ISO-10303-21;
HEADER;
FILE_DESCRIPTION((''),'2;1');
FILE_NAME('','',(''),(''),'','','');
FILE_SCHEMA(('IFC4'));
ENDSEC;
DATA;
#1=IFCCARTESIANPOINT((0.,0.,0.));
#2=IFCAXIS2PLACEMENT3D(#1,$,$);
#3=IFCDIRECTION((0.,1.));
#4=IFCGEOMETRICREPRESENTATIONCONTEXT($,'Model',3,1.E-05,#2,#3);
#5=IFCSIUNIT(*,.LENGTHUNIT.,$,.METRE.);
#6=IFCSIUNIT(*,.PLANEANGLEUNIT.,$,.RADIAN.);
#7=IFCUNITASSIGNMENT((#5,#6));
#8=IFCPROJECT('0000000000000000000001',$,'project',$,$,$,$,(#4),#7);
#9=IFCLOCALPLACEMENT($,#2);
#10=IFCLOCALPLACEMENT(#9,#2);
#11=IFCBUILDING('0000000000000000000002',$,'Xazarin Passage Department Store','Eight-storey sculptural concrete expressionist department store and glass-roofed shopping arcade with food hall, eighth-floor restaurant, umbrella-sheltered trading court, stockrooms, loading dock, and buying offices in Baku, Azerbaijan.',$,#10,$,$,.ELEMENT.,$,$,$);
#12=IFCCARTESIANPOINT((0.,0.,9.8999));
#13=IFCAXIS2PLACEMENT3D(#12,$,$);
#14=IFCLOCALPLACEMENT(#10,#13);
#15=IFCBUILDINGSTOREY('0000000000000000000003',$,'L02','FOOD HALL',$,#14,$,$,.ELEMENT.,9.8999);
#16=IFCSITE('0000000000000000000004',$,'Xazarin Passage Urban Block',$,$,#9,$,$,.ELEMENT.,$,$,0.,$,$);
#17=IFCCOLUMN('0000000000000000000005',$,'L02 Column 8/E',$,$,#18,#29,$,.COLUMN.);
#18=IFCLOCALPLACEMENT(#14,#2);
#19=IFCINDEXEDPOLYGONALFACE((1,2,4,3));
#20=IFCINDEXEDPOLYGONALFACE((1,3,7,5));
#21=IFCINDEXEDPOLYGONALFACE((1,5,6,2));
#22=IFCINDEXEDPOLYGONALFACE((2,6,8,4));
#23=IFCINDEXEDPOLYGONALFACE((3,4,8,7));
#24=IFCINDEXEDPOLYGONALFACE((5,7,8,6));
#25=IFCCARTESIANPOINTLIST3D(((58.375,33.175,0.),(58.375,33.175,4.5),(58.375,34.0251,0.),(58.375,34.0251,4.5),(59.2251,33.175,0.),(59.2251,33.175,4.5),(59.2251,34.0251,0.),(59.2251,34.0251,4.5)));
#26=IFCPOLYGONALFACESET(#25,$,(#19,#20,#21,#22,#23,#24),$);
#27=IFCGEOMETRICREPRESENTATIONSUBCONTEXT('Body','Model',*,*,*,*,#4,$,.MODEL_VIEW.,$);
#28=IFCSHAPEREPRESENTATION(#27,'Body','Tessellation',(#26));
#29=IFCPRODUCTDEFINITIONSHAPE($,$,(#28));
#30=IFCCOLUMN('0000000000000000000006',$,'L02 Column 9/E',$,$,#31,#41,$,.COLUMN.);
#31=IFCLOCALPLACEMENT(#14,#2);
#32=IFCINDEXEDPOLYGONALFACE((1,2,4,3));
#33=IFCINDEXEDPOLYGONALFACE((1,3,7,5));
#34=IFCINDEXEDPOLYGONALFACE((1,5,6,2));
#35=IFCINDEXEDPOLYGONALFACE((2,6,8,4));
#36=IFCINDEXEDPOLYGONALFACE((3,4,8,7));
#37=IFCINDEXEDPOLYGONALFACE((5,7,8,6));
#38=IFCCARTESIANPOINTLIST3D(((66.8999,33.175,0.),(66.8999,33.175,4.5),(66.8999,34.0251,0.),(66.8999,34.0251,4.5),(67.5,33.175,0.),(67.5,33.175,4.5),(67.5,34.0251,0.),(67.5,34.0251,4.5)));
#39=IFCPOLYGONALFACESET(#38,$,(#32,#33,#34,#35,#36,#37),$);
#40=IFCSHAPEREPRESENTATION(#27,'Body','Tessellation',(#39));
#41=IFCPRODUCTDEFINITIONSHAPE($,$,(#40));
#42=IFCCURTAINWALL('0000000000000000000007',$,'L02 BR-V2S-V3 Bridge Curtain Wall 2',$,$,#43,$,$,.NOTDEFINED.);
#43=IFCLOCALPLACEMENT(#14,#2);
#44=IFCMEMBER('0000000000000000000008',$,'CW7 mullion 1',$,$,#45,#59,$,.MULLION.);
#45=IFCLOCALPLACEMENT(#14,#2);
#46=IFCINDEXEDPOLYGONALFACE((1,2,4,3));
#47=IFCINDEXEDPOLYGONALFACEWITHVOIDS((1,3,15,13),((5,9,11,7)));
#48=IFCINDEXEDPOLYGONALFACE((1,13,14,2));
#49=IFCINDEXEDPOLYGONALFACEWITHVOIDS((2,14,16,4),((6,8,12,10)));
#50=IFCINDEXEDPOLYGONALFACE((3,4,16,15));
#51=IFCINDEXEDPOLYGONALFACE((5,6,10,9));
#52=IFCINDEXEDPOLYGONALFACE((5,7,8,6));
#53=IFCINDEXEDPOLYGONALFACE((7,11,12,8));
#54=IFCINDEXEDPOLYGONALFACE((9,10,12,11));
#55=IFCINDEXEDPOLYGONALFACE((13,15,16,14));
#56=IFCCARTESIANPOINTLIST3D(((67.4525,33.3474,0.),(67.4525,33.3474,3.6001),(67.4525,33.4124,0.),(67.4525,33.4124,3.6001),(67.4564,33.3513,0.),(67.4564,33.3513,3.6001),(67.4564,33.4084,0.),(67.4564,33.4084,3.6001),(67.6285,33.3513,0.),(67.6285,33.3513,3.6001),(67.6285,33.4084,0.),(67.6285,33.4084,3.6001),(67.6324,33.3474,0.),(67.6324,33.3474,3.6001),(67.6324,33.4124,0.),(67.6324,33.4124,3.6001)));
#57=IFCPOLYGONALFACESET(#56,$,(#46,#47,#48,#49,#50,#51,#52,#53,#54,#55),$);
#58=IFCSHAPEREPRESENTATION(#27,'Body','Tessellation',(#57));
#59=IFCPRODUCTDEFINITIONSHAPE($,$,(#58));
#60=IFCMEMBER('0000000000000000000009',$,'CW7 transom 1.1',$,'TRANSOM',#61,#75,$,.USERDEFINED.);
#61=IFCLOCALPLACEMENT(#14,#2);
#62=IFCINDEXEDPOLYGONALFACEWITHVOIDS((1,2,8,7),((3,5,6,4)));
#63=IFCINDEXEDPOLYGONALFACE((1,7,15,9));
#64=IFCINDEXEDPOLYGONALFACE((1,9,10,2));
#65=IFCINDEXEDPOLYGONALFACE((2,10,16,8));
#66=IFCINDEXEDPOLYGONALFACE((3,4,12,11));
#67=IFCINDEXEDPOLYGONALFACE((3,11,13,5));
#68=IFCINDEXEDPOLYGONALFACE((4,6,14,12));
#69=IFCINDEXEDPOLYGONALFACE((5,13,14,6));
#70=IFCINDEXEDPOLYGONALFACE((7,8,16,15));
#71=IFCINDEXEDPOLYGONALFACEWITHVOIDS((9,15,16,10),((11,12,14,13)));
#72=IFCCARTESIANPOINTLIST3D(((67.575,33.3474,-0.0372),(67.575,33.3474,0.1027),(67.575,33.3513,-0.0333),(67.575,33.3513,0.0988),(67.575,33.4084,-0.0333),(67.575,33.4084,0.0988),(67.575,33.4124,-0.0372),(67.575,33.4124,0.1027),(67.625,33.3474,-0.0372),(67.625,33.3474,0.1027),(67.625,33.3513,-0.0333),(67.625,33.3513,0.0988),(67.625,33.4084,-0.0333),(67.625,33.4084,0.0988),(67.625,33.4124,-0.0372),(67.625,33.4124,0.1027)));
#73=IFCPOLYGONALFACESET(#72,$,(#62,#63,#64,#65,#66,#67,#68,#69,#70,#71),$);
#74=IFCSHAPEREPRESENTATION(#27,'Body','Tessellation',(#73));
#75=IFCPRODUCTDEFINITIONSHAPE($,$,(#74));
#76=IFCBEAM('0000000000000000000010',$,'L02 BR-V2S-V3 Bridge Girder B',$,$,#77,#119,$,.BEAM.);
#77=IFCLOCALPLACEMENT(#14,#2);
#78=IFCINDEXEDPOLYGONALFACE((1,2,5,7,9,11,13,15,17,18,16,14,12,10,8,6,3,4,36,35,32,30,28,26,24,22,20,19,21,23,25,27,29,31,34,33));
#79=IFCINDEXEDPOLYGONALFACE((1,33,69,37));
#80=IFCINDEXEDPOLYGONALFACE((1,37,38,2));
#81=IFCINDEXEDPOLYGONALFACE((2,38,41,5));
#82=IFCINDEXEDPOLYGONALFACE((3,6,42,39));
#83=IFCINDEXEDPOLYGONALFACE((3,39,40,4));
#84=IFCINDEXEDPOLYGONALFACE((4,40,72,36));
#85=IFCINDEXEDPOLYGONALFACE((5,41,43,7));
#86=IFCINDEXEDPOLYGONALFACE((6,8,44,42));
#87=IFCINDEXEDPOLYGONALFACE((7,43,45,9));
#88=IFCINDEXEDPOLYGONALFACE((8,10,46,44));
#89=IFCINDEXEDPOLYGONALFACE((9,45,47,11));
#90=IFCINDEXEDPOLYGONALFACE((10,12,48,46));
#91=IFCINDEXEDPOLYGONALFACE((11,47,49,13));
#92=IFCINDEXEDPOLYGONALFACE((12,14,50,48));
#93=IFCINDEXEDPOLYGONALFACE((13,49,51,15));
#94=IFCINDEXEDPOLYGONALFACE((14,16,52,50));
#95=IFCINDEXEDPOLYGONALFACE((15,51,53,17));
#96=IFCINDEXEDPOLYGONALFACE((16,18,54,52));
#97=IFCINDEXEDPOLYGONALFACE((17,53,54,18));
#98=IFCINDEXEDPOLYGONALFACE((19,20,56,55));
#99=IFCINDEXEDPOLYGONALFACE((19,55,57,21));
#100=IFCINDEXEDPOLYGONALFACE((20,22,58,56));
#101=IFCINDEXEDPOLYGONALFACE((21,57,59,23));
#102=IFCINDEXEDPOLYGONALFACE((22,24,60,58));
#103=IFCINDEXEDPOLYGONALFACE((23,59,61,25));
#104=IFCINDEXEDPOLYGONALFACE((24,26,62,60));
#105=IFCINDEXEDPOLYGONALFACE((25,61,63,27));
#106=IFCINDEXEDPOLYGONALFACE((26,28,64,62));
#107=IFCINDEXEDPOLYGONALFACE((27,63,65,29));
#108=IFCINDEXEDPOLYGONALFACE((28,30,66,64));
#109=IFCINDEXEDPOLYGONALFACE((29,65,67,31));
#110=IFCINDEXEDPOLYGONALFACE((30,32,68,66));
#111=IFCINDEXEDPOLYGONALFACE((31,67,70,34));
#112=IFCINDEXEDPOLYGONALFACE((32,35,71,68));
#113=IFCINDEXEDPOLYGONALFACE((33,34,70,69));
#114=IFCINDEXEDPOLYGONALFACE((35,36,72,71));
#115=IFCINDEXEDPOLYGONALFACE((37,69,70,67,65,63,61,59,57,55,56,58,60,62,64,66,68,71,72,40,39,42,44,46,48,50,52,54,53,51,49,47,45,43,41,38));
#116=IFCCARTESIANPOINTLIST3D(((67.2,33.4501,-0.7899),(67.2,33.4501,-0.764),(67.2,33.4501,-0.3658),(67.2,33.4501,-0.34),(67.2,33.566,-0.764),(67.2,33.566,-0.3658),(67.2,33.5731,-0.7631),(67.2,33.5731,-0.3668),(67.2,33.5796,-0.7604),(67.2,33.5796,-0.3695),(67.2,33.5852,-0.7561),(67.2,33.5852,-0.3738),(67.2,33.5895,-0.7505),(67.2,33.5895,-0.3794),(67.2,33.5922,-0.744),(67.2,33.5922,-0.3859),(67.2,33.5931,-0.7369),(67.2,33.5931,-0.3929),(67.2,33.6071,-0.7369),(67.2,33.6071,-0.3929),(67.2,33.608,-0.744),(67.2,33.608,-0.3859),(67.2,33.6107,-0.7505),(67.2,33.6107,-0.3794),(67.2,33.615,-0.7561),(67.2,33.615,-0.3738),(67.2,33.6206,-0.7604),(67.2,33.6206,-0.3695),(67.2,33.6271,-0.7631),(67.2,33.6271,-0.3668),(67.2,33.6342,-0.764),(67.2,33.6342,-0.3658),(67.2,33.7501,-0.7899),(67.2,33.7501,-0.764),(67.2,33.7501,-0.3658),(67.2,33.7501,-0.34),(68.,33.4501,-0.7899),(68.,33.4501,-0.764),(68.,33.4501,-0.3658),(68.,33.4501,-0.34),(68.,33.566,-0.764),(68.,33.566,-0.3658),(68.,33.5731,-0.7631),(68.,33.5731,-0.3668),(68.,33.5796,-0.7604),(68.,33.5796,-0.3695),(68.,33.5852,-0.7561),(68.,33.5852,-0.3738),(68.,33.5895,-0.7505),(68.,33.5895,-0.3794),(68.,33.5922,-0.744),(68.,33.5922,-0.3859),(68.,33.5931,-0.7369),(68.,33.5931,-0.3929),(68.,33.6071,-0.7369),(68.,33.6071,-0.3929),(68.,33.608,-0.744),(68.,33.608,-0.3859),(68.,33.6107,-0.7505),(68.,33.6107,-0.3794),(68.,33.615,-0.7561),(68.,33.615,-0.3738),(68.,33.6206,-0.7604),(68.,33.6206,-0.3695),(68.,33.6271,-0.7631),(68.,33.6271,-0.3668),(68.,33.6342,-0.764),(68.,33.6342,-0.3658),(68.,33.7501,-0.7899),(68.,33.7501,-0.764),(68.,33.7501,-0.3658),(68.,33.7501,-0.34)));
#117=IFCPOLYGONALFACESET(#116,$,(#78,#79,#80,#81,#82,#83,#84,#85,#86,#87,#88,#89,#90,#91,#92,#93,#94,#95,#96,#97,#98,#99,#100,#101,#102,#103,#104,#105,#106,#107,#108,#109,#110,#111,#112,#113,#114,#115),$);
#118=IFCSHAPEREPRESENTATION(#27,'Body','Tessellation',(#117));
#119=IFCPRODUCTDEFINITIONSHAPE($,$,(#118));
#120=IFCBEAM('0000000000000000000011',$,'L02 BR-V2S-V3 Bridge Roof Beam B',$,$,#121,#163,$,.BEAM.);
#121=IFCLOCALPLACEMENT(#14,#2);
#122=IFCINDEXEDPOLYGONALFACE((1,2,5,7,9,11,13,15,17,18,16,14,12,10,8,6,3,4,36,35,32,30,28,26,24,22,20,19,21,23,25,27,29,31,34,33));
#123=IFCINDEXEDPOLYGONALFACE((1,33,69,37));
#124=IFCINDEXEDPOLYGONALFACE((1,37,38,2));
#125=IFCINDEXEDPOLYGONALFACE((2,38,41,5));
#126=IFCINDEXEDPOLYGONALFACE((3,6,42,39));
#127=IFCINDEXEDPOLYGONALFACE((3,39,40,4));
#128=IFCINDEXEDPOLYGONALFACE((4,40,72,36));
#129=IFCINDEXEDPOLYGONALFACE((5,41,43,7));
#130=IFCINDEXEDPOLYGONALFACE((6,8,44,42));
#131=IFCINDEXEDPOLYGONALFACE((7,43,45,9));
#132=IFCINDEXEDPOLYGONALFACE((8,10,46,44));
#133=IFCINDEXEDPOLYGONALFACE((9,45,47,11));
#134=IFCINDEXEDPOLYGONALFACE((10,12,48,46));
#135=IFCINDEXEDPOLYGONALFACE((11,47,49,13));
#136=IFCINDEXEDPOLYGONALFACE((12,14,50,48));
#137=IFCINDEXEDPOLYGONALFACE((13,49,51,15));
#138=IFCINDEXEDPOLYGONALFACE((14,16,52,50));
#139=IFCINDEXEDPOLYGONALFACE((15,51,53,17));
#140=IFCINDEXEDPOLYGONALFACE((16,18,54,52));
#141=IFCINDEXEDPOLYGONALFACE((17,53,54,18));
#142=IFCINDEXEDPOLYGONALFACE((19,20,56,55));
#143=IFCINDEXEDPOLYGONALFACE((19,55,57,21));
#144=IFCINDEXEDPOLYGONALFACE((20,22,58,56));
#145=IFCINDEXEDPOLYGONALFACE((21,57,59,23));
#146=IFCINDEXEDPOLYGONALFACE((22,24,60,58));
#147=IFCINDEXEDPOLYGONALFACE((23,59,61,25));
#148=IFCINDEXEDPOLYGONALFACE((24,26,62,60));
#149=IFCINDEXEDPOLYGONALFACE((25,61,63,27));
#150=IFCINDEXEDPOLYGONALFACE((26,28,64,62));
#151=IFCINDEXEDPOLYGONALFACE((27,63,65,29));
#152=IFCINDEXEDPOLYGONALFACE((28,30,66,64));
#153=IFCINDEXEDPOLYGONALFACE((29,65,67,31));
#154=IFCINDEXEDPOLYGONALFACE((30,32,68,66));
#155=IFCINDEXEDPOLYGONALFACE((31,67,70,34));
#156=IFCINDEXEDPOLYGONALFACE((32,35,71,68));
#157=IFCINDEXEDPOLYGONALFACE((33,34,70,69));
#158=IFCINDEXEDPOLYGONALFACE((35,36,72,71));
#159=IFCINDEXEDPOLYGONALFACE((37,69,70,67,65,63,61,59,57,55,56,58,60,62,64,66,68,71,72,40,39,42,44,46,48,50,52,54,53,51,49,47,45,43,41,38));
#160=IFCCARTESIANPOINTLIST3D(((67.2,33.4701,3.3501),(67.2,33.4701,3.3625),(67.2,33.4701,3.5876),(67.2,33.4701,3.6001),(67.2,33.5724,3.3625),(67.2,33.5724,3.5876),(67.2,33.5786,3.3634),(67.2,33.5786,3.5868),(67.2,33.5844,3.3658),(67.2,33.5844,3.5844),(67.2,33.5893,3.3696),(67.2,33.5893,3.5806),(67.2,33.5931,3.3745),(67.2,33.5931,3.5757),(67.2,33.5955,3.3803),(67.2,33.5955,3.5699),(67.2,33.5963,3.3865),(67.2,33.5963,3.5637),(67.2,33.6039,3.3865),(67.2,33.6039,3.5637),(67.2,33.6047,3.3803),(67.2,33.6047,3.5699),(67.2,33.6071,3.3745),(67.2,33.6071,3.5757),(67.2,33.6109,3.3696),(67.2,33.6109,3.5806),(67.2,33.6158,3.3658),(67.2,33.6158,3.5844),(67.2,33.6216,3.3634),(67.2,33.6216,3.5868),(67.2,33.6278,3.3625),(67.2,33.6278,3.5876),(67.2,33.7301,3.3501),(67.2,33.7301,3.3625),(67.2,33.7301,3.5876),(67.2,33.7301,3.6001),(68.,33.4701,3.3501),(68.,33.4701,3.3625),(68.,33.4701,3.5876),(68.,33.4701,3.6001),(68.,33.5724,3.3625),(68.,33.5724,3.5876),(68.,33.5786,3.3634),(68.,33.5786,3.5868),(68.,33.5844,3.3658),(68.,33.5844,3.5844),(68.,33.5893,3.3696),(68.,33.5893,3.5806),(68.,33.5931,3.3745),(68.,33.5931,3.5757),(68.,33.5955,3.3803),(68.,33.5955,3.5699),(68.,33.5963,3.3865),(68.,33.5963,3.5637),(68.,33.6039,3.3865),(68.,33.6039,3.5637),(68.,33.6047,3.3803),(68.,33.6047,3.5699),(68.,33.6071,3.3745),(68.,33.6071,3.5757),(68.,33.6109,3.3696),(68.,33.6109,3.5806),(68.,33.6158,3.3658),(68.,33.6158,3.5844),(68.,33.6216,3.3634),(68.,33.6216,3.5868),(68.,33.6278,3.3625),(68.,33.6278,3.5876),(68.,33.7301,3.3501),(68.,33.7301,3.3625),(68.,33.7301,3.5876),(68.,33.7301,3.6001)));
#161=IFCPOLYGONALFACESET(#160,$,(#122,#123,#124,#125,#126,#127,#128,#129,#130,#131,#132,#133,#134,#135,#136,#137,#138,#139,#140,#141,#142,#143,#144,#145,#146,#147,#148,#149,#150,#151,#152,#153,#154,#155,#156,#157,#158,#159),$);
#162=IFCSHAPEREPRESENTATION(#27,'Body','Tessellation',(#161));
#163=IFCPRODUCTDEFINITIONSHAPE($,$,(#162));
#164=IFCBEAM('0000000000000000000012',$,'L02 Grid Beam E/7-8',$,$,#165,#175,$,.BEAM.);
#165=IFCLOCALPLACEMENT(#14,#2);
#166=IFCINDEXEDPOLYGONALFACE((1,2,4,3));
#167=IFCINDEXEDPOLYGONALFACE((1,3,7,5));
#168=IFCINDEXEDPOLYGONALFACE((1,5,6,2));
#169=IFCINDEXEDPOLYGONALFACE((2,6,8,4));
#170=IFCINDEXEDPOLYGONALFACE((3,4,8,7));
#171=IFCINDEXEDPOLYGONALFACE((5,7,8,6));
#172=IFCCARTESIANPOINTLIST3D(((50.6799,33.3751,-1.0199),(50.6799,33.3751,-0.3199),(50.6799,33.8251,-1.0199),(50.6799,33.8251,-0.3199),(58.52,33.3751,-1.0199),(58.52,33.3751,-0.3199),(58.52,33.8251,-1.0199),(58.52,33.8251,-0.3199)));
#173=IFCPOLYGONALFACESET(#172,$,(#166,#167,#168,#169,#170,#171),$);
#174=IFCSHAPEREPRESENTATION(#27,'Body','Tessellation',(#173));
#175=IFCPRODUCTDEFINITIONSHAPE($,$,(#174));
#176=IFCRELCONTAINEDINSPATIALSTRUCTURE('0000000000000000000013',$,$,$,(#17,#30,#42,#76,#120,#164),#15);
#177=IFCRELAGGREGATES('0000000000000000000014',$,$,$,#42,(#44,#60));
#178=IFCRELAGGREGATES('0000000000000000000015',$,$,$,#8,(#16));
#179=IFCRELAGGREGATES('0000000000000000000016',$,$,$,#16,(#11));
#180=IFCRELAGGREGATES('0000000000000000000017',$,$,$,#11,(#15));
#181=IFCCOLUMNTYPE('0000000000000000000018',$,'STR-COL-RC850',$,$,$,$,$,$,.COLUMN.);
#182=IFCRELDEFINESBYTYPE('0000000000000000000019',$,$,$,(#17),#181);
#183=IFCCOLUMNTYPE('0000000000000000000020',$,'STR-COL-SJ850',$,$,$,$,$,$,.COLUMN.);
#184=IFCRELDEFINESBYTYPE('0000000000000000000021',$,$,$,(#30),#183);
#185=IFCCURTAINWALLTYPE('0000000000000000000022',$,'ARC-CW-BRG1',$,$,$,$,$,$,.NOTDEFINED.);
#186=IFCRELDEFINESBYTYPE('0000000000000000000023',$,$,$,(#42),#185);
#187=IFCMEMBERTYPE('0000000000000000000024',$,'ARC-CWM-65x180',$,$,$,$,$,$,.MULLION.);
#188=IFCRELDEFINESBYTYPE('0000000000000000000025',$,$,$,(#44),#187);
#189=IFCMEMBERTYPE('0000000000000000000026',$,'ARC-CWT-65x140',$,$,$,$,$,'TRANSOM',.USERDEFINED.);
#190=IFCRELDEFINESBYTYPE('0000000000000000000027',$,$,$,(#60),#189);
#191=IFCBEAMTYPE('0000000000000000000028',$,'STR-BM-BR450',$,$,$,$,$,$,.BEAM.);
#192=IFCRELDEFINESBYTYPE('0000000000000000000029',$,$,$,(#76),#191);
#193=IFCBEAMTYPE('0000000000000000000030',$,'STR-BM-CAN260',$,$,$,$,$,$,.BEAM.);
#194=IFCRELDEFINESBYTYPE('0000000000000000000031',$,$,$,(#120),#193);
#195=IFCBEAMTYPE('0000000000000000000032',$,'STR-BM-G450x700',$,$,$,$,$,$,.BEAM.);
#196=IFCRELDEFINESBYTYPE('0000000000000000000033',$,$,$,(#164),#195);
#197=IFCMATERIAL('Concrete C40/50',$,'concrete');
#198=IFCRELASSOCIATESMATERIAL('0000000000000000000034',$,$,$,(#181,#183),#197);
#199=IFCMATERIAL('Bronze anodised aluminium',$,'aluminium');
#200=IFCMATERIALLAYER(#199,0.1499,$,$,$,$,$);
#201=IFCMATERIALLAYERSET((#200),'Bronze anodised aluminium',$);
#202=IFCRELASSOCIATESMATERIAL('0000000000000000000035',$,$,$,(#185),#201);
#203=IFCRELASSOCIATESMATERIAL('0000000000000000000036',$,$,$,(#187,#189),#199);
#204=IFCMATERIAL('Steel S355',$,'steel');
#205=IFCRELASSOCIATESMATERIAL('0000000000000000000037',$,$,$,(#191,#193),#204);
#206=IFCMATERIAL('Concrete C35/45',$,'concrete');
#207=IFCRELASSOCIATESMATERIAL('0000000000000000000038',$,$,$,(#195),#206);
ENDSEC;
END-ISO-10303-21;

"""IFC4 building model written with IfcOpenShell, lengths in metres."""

from ifc_helpers import new_model, si_unit, direction, frame, origin, origin_2d, place, context, subcontext, project, spatial, rectangle, hollow_rectangle, i_section, extrude, material, layer, layer_set, material_profile, profile_set, type_object, element, aggregate, save


model = new_model("IFC4")

# Units and contexts
model_context = context("Model", 3, precision=1e-05, world=origin(), true_north=direction((0.0, 1.0)))
body_context = subcontext(model_context, "Body", "Model", "MODEL_VIEW")
ifc_project = project(units=[si_unit("LENGTHUNIT", "METRE"), si_unit("PLANEANGLEUNIT", "RADIAN")], contexts=[model_context])

# Site, building, storey
site_placement = place(None, origin())
site = spatial("IfcSite", under=ifc_project, at=site_placement, Name="Xazarin Passage Urban Block", CompositionType="ELEMENT", RefElevation=0.0)
building_placement = place(site_placement, origin())
building = spatial("IfcBuilding", under=site, at=building_placement, Name="Xazarin Passage Department Store", Description="Eight-storey sculptural concrete expressionist department store and glass-roofed shopping arcade with food hall, eighth-floor restaurant, umbrella-sheltered trading court, stockrooms, loading dock, and buying offices in Baku, Azerbaijan.", CompositionType="ELEMENT")
storey_placement = place(building_placement, frame((0.0, 0.0, 9.8999)))
storey = spatial("IfcBuildingStorey", under=building, at=storey_placement, Name="L02", Description="FOOD HALL", CompositionType="ELEMENT", Elevation=9.8999)

# Columns
ifc_material_1 = material(Name="Concrete C40/50", Category="concrete")
ifc_material_profile_1 = material_profile(ifc_material_1, rectangle(XDim=0.8501, YDim=0.8501, at=origin_2d()), Name="RC 850x850")
ifc_profile_set_1 = profile_set([ifc_material_profile_1], Name="Concrete C40/50")
column_type_1 = type_object("IfcColumnType", Name="STR-COL-RC850", PredefinedType="COLUMN", material=ifc_profile_set_1)
column_1_placement = place(storey_placement, frame((58.8, 33.6001, 0.0), z_axis=(0.0, 0.0, 1.0), x_axis=(1.0, 0.0, 0.0)))
element("IfcColumn", 1, at=column_1_placement, inside=storey, type_object=column_type_1, Name="L02 Column 8/E", PredefinedType="COLUMN", context=body_context, shape_type="SweptSolid", body=[
    extrude(rectangle(XDim=0.8501, YDim=0.8501, at=origin_2d()), origin(), (0.0, 0.0, 1.0), 4.5),
])
ifc_material_profile_2 = material_profile(ifc_material_1, rectangle(XDim=0.6001, YDim=0.8501, at=origin_2d()), Name="RC 600x850")
ifc_profile_set_2 = profile_set([ifc_material_profile_2], Name="Concrete C40/50")
column_type_2 = type_object("IfcColumnType", Name="STR-COL-SJ850", PredefinedType="COLUMN", material=ifc_profile_set_2)
column_2_placement = place(storey_placement, frame((67.2, 33.6001, 0.0), z_axis=(0.0, 0.0, 1.0), x_axis=(1.0, 0.0, 0.0)))
element("IfcColumn", 2, at=column_2_placement, inside=storey, type_object=column_type_2, Name="L02 Column 9/E", PredefinedType="COLUMN", context=body_context, shape_type="SweptSolid", body=[
    extrude(rectangle(XDim=0.6001, YDim=0.8501, at=origin_2d()), origin(), (0.0, 0.0, 1.0), 4.5),
])

# Curtain wall, members
ifc_material_2 = material(Name="Bronze anodised aluminium", Category="aluminium")
ifc_layer_1 = layer(ifc_material_2, 0.1499)
ifc_layer_set_1 = layer_set([ifc_layer_1], Name="Bronze anodised aluminium")
curtain_wall_type = type_object("IfcCurtainWallType", Name="ARC-CW-BRG1", PredefinedType="NOTDEFINED", material=ifc_layer_set_1)
curtain_wall_placement = place(storey_placement, origin())
curtain_wall = element("IfcCurtainWall", 3, at=curtain_wall_placement, inside=storey, type_object=curtain_wall_type, Name="L02 BR-V2S-V3 Bridge Curtain Wall 2", PredefinedType="NOTDEFINED")
ifc_material_profile_3 = material_profile(ifc_material_2, hollow_rectangle(XDim=0.0649, YDim=0.1799, WallThickness=0.0039, at=origin_2d()), Name="ALU 65x180")
ifc_profile_set_3 = profile_set([ifc_material_profile_3], Name="Bronze anodised aluminium")
member_type_1 = type_object("IfcMemberType", Name="ARC-CWM-65x180", PredefinedType="MULLION", material=ifc_profile_set_3)
member_1_placement = place(storey_placement, frame((67.5425, 33.3799, 0.0), z_axis=(0.0, 0.0, 1.0), x_axis=(0.0, 1.0, 0.0)))
member_1 = element("IfcMember", 4, at=member_1_placement, type_object=member_type_1, Name="CW7 mullion 1", PredefinedType="MULLION", context=body_context, shape_type="SweptSolid", body=[
    extrude(hollow_rectangle(XDim=0.0649, YDim=0.1799, WallThickness=0.0039, at=origin_2d()), origin(), (0.0, 0.0, 1.0), 3.6001),
])
ifc_material_profile_4 = material_profile(ifc_material_2, hollow_rectangle(XDim=0.0649, YDim=0.1399, WallThickness=0.0039, at=origin_2d()), Name="ALU 65x140")
ifc_profile_set_4 = profile_set([ifc_material_profile_4], Name="Bronze anodised aluminium")
member_type_2 = type_object("IfcMemberType", Name="ARC-CWT-65x140", ElementType="TRANSOM", PredefinedType="USERDEFINED", material=ifc_profile_set_4)
member_2_placement = place(storey_placement, frame((67.575, 33.3799, 0.0327), z_axis=(1.0, 0.0, 0.0), x_axis=(0.0, 1.0, 0.0)))
member_2 = element("IfcMember", 5, at=member_2_placement, type_object=member_type_2, Name="CW7 transom 1.1", ObjectType="TRANSOM", PredefinedType="USERDEFINED", context=body_context, shape_type="SweptSolid", body=[
    extrude(hollow_rectangle(XDim=0.0649, YDim=0.1399, WallThickness=0.0039, at=origin_2d()), origin(), (0.0, 0.0, 1.0), 0.05),
])
aggregate(curtain_wall, [member_1, member_2])

# Beams
ifc_material_3 = material(Name="Steel S355", Category="steel")
ifc_material_profile_5 = material_profile(ifc_material_3, i_section(OverallWidth=0.3, OverallDepth=0.45, WebThickness=0.0139, FlangeThickness=0.0259, FilletRadius=0.0271, at=origin_2d()), Name="HEB 450")
ifc_profile_set_5 = profile_set([ifc_material_profile_5], Name="Steel S355")
beam_type_1 = type_object("IfcBeamType", Name="STR-BM-BR450", PredefinedType="BEAM", material=ifc_profile_set_5)
beam_1_placement = place(storey_placement, frame((67.2, 33.6001, -0.5649), z_axis=(1.0, 0.0, 0.0), x_axis=(0.0, 1.0, 0.0)))
element("IfcBeam", 6, at=beam_1_placement, inside=storey, type_object=beam_type_1, Name="L02 BR-V2S-V3 Bridge Girder B", PredefinedType="BEAM", context=body_context, shape_type="SweptSolid", body=[
    extrude(i_section(OverallWidth=0.3, OverallDepth=0.45, WebThickness=0.0139, FlangeThickness=0.0259, FilletRadius=0.0271, at=origin_2d()), origin(), (0.0, 0.0, 1.0), 0.8),
])
ifc_material_profile_6 = material_profile(ifc_material_3, i_section(OverallWidth=0.26, OverallDepth=0.25, WebThickness=0.0076, FlangeThickness=0.0125, FilletRadius=0.0239, at=origin_2d()), Name="HEA 260")
ifc_profile_set_6 = profile_set([ifc_material_profile_6], Name="Steel S355")
beam_type_2 = type_object("IfcBeamType", Name="STR-BM-CAN260", PredefinedType="BEAM", material=ifc_profile_set_6)
beam_2_placement = place(storey_placement, frame((67.2, 33.6001, 3.4751), z_axis=(1.0, 0.0, 0.0), x_axis=(0.0, 1.0, 0.0)))
element("IfcBeam", 7, at=beam_2_placement, inside=storey, type_object=beam_type_2, Name="L02 BR-V2S-V3 Bridge Roof Beam B", PredefinedType="BEAM", context=body_context, shape_type="SweptSolid", body=[
    extrude(i_section(OverallWidth=0.26, OverallDepth=0.25, WebThickness=0.0076, FlangeThickness=0.0125, FilletRadius=0.0239, at=origin_2d()), origin(), (0.0, 0.0, 1.0), 0.8),
])
ifc_material_4 = material(Name="Concrete C35/45", Category="concrete")
ifc_material_profile_7 = material_profile(ifc_material_4, rectangle(XDim=0.45, YDim=0.7, at=origin_2d()), Name="RC 450x700")
ifc_profile_set_7 = profile_set([ifc_material_profile_7], Name="Concrete C35/45")
beam_type_3 = type_object("IfcBeamType", Name="STR-BM-G450x700", PredefinedType="BEAM", material=ifc_profile_set_7)
beam_3_placement = place(storey_placement, frame((50.6799, 33.6001, -0.6699), z_axis=(1.0, 0.0, 0.0), x_axis=(0.0, 1.0, 0.0)))
element("IfcBeam", 8, at=beam_3_placement, inside=storey, type_object=beam_type_3, Name="L02 Grid Beam E/7-8", PredefinedType="BEAM", context=body_context, shape_type="SweptSolid", body=[
    extrude(rectangle(XDim=0.45, YDim=0.7, at=origin_2d()), origin(), (0.0, 0.0, 1.0), 7.8401),
])

save(model, "model.ifc")
